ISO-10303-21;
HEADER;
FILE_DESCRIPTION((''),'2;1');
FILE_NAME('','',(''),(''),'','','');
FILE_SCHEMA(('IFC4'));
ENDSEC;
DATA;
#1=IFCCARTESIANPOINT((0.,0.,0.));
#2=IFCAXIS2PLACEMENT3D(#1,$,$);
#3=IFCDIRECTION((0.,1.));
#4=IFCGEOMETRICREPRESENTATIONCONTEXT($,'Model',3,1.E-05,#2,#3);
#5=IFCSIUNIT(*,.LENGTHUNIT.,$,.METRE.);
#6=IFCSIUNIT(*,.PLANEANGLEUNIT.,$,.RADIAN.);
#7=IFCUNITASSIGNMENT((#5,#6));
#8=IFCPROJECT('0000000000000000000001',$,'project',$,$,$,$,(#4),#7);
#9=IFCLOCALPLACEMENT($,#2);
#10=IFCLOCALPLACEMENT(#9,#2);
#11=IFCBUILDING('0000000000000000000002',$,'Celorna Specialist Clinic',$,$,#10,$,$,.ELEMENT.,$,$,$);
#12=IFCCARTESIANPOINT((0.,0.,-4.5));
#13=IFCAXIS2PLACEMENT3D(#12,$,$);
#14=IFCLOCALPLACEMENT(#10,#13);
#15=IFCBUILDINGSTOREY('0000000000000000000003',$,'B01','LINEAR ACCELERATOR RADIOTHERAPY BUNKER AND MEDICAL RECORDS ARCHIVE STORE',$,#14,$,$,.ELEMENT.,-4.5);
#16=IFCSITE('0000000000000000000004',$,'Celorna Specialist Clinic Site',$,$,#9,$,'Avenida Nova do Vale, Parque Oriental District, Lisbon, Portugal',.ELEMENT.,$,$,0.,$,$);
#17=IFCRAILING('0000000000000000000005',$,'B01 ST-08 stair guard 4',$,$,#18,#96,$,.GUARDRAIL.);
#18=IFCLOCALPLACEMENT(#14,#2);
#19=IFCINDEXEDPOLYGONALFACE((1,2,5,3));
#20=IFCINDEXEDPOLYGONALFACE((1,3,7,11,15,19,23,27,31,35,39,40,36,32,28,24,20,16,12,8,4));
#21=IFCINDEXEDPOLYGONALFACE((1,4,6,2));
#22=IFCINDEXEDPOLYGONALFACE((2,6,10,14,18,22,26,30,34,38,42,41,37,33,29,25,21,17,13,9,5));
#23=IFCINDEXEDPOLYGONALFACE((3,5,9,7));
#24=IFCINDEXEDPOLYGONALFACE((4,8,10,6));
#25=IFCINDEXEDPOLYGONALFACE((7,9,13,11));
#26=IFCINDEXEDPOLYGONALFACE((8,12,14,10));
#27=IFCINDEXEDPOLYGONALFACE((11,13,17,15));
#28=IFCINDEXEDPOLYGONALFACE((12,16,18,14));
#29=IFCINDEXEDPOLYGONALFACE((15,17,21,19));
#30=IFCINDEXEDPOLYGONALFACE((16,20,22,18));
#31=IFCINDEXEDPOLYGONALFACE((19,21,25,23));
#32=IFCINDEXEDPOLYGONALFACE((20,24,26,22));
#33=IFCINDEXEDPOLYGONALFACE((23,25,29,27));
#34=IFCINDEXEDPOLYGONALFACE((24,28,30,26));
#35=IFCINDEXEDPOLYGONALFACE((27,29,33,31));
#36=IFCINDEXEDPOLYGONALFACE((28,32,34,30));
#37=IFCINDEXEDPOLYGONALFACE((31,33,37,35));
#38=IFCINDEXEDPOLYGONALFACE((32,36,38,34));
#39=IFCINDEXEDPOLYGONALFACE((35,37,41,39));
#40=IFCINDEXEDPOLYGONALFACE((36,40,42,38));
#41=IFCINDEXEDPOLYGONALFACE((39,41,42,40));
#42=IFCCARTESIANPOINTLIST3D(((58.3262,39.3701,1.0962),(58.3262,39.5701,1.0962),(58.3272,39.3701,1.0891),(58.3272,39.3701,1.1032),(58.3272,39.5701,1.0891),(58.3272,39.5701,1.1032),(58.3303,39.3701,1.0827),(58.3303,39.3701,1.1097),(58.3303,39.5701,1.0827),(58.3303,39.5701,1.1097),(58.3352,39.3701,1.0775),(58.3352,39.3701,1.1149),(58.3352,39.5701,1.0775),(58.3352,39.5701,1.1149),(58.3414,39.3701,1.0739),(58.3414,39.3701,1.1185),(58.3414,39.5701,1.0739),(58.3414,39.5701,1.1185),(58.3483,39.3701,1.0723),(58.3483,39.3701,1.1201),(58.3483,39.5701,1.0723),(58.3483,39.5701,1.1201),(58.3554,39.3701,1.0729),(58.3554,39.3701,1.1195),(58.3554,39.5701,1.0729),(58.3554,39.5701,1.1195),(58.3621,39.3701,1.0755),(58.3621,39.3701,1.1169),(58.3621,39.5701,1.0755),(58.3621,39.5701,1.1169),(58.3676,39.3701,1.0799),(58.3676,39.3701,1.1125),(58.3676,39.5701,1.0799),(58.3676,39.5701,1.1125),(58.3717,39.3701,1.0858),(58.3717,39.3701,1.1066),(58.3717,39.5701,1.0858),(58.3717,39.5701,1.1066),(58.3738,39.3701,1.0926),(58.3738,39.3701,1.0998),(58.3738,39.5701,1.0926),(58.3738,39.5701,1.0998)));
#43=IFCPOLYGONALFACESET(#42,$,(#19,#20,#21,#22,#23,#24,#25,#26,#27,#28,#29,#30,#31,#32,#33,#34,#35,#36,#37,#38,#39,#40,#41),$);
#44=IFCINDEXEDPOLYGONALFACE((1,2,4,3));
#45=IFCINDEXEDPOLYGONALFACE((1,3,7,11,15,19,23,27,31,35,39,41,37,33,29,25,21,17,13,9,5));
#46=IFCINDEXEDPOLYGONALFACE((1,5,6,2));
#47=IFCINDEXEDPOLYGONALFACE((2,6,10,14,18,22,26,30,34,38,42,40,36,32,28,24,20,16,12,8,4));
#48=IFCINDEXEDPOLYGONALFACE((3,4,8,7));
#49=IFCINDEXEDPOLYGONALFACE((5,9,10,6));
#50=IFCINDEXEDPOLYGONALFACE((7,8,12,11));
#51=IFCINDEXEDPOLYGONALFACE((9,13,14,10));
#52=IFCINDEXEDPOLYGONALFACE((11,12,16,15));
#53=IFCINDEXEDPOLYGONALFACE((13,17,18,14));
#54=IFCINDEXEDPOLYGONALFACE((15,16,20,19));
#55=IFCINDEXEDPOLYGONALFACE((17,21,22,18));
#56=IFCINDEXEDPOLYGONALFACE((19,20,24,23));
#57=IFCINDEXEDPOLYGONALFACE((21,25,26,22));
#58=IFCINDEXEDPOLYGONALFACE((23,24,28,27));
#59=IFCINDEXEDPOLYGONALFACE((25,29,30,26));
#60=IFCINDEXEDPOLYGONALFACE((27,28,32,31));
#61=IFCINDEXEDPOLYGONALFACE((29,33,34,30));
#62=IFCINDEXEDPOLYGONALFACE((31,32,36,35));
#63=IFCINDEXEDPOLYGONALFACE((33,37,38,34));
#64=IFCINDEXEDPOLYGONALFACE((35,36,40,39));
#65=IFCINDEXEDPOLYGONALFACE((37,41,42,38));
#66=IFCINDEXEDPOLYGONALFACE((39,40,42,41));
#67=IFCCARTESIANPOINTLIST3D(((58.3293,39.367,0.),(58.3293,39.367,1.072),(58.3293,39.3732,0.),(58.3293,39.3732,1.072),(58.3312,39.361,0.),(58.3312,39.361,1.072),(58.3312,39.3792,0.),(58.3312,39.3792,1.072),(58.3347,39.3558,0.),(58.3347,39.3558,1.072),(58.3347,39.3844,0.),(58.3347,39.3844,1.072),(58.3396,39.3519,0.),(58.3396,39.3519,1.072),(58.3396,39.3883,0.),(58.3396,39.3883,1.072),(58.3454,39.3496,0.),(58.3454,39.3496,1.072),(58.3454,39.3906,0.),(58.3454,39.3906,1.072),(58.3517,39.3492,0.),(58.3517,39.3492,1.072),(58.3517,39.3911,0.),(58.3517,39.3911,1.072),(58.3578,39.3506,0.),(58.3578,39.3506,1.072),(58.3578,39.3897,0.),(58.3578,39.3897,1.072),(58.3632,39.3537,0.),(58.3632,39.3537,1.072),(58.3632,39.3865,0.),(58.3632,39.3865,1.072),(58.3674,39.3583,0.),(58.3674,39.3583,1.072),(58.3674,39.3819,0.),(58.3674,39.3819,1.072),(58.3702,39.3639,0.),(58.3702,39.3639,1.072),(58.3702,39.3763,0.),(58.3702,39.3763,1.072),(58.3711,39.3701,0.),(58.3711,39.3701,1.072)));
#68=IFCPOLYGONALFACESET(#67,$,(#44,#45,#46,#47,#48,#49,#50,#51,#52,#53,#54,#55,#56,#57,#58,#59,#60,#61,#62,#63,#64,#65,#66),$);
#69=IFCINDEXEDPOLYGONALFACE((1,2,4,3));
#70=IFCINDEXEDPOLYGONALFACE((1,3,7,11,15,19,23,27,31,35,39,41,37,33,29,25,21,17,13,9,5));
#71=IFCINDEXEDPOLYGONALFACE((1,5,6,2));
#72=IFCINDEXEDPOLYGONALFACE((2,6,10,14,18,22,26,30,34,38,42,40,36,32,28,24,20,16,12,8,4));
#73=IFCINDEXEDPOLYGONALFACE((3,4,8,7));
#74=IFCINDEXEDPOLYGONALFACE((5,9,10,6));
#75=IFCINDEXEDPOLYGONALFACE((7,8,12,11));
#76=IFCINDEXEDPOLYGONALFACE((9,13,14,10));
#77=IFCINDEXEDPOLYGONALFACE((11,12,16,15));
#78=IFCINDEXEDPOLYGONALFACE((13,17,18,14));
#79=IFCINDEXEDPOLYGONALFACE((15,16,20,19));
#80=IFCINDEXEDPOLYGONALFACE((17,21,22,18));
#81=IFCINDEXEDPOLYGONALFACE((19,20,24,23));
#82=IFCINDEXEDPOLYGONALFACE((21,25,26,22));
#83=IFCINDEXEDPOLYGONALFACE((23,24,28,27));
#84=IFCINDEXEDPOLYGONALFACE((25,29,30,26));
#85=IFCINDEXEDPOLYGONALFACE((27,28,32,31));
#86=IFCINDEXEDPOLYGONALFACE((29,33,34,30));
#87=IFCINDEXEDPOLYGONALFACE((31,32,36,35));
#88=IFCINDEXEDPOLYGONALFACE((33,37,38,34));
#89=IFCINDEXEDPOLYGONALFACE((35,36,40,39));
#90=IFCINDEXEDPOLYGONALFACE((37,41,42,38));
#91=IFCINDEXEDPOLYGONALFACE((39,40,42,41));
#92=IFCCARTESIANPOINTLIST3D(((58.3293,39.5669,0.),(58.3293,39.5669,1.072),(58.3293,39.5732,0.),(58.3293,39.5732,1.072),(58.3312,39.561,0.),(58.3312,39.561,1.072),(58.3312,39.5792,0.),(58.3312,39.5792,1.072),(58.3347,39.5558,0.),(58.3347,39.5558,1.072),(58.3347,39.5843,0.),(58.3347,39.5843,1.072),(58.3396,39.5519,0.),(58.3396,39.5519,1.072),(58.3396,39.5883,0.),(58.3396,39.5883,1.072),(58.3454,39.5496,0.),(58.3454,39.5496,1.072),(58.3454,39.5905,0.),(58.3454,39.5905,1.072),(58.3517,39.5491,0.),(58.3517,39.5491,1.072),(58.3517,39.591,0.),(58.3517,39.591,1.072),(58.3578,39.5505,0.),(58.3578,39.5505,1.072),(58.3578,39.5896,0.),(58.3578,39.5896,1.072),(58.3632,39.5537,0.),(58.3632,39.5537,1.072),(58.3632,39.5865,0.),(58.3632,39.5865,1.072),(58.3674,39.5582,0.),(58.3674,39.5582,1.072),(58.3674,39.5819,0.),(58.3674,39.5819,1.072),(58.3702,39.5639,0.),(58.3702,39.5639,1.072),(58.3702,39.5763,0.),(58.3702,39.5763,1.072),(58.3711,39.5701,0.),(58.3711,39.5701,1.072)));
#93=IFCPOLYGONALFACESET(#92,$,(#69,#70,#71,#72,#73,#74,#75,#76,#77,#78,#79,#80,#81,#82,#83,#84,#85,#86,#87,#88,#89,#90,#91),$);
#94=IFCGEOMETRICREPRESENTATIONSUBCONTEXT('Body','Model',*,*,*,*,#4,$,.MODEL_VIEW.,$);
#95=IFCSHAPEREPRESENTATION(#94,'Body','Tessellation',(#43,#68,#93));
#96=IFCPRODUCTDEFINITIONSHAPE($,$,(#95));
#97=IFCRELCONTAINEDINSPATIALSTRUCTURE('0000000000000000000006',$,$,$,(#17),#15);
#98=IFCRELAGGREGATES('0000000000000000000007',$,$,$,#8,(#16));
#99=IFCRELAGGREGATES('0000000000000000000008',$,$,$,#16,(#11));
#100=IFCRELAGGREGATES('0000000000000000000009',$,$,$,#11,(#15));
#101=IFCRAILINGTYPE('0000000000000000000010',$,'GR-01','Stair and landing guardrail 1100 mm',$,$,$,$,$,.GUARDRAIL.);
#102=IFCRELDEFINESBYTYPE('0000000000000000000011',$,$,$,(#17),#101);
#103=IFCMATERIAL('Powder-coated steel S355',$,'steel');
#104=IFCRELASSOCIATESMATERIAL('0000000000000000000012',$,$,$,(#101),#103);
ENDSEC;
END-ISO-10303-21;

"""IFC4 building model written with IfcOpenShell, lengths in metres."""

from ifc_helpers import new_model, si_unit, direction, frame, origin, origin_2d, place, context, subcontext, project, spatial, circle, extrude, material, type_object, element, save


model = new_model("IFC4")

# Units and contexts
model_context = context("Model", 3, precision=1e-05, world=origin(), true_north=direction((0.0, 1.0)))
body_context = subcontext(model_context, "Body", "Model", "MODEL_VIEW")
ifc_project = project(units=[si_unit("LENGTHUNIT", "METRE"), si_unit("PLANEANGLEUNIT", "RADIAN")], contexts=[model_context])

# Site, building, storey
site_placement = place(None, origin())
site = spatial("IfcSite", under=ifc_project, at=site_placement, Name="Celorna Specialist Clinic Site", LongName="Avenida Nova do Vale, Parque Oriental District, Lisbon, Portugal", CompositionType="ELEMENT", RefElevation=0.0)
building_placement = place(site_placement, origin())
building = spatial("IfcBuilding", under=site, at=building_placement, Name="Celorna Specialist Clinic", CompositionType="ELEMENT")
storey_placement = place(building_placement, frame((0.0, 0.0, -4.5)))
storey = spatial("IfcBuildingStorey", under=building, at=storey_placement, Name="B01", Description="LINEAR ACCELERATOR RADIOTHERAPY BUNKER AND MEDICAL RECORDS ARCHIVE STORE", CompositionType="ELEMENT", Elevation=-4.5)

# Railing
ifc_material_1 = material(Name="Powder-coated steel S355", Category="steel")
railing_type_1 = type_object("IfcRailingType", Name="GR-01", Description="Stair and landing guardrail 1100 mm", PredefinedType="GUARDRAIL", material=ifc_material_1)
railing_1_placement = place(storey_placement, frame((58.3501, 39.3701, 0.0)))
element("IfcRailing", 1, at=railing_1_placement, inside=storey, type_object=railing_type_1, Name="B01 ST-08 stair guard 4", PredefinedType="GUARDRAIL", context=body_context, shape_type="SweptSolid", body=[
    extrude(circle(Radius=0.0239, at=origin_2d()), frame((0.0, 0.0, 1.0962), z_axis=(0.0, 1.0, 0.0), x_axis=(-1.0, 0.0, 0.0)), (0.0, 0.0, 1.0), 0.2),
    extrude(circle(Radius=0.021, at=origin_2d()), origin(), (0.0, 0.0, 1.0), 1.072),
    extrude(circle(Radius=0.021, at=origin_2d()), frame((0.0, 0.2, 0.0)), (0.0, 0.0, 1.0), 1.072),
])

save(model, "model.ifc")
